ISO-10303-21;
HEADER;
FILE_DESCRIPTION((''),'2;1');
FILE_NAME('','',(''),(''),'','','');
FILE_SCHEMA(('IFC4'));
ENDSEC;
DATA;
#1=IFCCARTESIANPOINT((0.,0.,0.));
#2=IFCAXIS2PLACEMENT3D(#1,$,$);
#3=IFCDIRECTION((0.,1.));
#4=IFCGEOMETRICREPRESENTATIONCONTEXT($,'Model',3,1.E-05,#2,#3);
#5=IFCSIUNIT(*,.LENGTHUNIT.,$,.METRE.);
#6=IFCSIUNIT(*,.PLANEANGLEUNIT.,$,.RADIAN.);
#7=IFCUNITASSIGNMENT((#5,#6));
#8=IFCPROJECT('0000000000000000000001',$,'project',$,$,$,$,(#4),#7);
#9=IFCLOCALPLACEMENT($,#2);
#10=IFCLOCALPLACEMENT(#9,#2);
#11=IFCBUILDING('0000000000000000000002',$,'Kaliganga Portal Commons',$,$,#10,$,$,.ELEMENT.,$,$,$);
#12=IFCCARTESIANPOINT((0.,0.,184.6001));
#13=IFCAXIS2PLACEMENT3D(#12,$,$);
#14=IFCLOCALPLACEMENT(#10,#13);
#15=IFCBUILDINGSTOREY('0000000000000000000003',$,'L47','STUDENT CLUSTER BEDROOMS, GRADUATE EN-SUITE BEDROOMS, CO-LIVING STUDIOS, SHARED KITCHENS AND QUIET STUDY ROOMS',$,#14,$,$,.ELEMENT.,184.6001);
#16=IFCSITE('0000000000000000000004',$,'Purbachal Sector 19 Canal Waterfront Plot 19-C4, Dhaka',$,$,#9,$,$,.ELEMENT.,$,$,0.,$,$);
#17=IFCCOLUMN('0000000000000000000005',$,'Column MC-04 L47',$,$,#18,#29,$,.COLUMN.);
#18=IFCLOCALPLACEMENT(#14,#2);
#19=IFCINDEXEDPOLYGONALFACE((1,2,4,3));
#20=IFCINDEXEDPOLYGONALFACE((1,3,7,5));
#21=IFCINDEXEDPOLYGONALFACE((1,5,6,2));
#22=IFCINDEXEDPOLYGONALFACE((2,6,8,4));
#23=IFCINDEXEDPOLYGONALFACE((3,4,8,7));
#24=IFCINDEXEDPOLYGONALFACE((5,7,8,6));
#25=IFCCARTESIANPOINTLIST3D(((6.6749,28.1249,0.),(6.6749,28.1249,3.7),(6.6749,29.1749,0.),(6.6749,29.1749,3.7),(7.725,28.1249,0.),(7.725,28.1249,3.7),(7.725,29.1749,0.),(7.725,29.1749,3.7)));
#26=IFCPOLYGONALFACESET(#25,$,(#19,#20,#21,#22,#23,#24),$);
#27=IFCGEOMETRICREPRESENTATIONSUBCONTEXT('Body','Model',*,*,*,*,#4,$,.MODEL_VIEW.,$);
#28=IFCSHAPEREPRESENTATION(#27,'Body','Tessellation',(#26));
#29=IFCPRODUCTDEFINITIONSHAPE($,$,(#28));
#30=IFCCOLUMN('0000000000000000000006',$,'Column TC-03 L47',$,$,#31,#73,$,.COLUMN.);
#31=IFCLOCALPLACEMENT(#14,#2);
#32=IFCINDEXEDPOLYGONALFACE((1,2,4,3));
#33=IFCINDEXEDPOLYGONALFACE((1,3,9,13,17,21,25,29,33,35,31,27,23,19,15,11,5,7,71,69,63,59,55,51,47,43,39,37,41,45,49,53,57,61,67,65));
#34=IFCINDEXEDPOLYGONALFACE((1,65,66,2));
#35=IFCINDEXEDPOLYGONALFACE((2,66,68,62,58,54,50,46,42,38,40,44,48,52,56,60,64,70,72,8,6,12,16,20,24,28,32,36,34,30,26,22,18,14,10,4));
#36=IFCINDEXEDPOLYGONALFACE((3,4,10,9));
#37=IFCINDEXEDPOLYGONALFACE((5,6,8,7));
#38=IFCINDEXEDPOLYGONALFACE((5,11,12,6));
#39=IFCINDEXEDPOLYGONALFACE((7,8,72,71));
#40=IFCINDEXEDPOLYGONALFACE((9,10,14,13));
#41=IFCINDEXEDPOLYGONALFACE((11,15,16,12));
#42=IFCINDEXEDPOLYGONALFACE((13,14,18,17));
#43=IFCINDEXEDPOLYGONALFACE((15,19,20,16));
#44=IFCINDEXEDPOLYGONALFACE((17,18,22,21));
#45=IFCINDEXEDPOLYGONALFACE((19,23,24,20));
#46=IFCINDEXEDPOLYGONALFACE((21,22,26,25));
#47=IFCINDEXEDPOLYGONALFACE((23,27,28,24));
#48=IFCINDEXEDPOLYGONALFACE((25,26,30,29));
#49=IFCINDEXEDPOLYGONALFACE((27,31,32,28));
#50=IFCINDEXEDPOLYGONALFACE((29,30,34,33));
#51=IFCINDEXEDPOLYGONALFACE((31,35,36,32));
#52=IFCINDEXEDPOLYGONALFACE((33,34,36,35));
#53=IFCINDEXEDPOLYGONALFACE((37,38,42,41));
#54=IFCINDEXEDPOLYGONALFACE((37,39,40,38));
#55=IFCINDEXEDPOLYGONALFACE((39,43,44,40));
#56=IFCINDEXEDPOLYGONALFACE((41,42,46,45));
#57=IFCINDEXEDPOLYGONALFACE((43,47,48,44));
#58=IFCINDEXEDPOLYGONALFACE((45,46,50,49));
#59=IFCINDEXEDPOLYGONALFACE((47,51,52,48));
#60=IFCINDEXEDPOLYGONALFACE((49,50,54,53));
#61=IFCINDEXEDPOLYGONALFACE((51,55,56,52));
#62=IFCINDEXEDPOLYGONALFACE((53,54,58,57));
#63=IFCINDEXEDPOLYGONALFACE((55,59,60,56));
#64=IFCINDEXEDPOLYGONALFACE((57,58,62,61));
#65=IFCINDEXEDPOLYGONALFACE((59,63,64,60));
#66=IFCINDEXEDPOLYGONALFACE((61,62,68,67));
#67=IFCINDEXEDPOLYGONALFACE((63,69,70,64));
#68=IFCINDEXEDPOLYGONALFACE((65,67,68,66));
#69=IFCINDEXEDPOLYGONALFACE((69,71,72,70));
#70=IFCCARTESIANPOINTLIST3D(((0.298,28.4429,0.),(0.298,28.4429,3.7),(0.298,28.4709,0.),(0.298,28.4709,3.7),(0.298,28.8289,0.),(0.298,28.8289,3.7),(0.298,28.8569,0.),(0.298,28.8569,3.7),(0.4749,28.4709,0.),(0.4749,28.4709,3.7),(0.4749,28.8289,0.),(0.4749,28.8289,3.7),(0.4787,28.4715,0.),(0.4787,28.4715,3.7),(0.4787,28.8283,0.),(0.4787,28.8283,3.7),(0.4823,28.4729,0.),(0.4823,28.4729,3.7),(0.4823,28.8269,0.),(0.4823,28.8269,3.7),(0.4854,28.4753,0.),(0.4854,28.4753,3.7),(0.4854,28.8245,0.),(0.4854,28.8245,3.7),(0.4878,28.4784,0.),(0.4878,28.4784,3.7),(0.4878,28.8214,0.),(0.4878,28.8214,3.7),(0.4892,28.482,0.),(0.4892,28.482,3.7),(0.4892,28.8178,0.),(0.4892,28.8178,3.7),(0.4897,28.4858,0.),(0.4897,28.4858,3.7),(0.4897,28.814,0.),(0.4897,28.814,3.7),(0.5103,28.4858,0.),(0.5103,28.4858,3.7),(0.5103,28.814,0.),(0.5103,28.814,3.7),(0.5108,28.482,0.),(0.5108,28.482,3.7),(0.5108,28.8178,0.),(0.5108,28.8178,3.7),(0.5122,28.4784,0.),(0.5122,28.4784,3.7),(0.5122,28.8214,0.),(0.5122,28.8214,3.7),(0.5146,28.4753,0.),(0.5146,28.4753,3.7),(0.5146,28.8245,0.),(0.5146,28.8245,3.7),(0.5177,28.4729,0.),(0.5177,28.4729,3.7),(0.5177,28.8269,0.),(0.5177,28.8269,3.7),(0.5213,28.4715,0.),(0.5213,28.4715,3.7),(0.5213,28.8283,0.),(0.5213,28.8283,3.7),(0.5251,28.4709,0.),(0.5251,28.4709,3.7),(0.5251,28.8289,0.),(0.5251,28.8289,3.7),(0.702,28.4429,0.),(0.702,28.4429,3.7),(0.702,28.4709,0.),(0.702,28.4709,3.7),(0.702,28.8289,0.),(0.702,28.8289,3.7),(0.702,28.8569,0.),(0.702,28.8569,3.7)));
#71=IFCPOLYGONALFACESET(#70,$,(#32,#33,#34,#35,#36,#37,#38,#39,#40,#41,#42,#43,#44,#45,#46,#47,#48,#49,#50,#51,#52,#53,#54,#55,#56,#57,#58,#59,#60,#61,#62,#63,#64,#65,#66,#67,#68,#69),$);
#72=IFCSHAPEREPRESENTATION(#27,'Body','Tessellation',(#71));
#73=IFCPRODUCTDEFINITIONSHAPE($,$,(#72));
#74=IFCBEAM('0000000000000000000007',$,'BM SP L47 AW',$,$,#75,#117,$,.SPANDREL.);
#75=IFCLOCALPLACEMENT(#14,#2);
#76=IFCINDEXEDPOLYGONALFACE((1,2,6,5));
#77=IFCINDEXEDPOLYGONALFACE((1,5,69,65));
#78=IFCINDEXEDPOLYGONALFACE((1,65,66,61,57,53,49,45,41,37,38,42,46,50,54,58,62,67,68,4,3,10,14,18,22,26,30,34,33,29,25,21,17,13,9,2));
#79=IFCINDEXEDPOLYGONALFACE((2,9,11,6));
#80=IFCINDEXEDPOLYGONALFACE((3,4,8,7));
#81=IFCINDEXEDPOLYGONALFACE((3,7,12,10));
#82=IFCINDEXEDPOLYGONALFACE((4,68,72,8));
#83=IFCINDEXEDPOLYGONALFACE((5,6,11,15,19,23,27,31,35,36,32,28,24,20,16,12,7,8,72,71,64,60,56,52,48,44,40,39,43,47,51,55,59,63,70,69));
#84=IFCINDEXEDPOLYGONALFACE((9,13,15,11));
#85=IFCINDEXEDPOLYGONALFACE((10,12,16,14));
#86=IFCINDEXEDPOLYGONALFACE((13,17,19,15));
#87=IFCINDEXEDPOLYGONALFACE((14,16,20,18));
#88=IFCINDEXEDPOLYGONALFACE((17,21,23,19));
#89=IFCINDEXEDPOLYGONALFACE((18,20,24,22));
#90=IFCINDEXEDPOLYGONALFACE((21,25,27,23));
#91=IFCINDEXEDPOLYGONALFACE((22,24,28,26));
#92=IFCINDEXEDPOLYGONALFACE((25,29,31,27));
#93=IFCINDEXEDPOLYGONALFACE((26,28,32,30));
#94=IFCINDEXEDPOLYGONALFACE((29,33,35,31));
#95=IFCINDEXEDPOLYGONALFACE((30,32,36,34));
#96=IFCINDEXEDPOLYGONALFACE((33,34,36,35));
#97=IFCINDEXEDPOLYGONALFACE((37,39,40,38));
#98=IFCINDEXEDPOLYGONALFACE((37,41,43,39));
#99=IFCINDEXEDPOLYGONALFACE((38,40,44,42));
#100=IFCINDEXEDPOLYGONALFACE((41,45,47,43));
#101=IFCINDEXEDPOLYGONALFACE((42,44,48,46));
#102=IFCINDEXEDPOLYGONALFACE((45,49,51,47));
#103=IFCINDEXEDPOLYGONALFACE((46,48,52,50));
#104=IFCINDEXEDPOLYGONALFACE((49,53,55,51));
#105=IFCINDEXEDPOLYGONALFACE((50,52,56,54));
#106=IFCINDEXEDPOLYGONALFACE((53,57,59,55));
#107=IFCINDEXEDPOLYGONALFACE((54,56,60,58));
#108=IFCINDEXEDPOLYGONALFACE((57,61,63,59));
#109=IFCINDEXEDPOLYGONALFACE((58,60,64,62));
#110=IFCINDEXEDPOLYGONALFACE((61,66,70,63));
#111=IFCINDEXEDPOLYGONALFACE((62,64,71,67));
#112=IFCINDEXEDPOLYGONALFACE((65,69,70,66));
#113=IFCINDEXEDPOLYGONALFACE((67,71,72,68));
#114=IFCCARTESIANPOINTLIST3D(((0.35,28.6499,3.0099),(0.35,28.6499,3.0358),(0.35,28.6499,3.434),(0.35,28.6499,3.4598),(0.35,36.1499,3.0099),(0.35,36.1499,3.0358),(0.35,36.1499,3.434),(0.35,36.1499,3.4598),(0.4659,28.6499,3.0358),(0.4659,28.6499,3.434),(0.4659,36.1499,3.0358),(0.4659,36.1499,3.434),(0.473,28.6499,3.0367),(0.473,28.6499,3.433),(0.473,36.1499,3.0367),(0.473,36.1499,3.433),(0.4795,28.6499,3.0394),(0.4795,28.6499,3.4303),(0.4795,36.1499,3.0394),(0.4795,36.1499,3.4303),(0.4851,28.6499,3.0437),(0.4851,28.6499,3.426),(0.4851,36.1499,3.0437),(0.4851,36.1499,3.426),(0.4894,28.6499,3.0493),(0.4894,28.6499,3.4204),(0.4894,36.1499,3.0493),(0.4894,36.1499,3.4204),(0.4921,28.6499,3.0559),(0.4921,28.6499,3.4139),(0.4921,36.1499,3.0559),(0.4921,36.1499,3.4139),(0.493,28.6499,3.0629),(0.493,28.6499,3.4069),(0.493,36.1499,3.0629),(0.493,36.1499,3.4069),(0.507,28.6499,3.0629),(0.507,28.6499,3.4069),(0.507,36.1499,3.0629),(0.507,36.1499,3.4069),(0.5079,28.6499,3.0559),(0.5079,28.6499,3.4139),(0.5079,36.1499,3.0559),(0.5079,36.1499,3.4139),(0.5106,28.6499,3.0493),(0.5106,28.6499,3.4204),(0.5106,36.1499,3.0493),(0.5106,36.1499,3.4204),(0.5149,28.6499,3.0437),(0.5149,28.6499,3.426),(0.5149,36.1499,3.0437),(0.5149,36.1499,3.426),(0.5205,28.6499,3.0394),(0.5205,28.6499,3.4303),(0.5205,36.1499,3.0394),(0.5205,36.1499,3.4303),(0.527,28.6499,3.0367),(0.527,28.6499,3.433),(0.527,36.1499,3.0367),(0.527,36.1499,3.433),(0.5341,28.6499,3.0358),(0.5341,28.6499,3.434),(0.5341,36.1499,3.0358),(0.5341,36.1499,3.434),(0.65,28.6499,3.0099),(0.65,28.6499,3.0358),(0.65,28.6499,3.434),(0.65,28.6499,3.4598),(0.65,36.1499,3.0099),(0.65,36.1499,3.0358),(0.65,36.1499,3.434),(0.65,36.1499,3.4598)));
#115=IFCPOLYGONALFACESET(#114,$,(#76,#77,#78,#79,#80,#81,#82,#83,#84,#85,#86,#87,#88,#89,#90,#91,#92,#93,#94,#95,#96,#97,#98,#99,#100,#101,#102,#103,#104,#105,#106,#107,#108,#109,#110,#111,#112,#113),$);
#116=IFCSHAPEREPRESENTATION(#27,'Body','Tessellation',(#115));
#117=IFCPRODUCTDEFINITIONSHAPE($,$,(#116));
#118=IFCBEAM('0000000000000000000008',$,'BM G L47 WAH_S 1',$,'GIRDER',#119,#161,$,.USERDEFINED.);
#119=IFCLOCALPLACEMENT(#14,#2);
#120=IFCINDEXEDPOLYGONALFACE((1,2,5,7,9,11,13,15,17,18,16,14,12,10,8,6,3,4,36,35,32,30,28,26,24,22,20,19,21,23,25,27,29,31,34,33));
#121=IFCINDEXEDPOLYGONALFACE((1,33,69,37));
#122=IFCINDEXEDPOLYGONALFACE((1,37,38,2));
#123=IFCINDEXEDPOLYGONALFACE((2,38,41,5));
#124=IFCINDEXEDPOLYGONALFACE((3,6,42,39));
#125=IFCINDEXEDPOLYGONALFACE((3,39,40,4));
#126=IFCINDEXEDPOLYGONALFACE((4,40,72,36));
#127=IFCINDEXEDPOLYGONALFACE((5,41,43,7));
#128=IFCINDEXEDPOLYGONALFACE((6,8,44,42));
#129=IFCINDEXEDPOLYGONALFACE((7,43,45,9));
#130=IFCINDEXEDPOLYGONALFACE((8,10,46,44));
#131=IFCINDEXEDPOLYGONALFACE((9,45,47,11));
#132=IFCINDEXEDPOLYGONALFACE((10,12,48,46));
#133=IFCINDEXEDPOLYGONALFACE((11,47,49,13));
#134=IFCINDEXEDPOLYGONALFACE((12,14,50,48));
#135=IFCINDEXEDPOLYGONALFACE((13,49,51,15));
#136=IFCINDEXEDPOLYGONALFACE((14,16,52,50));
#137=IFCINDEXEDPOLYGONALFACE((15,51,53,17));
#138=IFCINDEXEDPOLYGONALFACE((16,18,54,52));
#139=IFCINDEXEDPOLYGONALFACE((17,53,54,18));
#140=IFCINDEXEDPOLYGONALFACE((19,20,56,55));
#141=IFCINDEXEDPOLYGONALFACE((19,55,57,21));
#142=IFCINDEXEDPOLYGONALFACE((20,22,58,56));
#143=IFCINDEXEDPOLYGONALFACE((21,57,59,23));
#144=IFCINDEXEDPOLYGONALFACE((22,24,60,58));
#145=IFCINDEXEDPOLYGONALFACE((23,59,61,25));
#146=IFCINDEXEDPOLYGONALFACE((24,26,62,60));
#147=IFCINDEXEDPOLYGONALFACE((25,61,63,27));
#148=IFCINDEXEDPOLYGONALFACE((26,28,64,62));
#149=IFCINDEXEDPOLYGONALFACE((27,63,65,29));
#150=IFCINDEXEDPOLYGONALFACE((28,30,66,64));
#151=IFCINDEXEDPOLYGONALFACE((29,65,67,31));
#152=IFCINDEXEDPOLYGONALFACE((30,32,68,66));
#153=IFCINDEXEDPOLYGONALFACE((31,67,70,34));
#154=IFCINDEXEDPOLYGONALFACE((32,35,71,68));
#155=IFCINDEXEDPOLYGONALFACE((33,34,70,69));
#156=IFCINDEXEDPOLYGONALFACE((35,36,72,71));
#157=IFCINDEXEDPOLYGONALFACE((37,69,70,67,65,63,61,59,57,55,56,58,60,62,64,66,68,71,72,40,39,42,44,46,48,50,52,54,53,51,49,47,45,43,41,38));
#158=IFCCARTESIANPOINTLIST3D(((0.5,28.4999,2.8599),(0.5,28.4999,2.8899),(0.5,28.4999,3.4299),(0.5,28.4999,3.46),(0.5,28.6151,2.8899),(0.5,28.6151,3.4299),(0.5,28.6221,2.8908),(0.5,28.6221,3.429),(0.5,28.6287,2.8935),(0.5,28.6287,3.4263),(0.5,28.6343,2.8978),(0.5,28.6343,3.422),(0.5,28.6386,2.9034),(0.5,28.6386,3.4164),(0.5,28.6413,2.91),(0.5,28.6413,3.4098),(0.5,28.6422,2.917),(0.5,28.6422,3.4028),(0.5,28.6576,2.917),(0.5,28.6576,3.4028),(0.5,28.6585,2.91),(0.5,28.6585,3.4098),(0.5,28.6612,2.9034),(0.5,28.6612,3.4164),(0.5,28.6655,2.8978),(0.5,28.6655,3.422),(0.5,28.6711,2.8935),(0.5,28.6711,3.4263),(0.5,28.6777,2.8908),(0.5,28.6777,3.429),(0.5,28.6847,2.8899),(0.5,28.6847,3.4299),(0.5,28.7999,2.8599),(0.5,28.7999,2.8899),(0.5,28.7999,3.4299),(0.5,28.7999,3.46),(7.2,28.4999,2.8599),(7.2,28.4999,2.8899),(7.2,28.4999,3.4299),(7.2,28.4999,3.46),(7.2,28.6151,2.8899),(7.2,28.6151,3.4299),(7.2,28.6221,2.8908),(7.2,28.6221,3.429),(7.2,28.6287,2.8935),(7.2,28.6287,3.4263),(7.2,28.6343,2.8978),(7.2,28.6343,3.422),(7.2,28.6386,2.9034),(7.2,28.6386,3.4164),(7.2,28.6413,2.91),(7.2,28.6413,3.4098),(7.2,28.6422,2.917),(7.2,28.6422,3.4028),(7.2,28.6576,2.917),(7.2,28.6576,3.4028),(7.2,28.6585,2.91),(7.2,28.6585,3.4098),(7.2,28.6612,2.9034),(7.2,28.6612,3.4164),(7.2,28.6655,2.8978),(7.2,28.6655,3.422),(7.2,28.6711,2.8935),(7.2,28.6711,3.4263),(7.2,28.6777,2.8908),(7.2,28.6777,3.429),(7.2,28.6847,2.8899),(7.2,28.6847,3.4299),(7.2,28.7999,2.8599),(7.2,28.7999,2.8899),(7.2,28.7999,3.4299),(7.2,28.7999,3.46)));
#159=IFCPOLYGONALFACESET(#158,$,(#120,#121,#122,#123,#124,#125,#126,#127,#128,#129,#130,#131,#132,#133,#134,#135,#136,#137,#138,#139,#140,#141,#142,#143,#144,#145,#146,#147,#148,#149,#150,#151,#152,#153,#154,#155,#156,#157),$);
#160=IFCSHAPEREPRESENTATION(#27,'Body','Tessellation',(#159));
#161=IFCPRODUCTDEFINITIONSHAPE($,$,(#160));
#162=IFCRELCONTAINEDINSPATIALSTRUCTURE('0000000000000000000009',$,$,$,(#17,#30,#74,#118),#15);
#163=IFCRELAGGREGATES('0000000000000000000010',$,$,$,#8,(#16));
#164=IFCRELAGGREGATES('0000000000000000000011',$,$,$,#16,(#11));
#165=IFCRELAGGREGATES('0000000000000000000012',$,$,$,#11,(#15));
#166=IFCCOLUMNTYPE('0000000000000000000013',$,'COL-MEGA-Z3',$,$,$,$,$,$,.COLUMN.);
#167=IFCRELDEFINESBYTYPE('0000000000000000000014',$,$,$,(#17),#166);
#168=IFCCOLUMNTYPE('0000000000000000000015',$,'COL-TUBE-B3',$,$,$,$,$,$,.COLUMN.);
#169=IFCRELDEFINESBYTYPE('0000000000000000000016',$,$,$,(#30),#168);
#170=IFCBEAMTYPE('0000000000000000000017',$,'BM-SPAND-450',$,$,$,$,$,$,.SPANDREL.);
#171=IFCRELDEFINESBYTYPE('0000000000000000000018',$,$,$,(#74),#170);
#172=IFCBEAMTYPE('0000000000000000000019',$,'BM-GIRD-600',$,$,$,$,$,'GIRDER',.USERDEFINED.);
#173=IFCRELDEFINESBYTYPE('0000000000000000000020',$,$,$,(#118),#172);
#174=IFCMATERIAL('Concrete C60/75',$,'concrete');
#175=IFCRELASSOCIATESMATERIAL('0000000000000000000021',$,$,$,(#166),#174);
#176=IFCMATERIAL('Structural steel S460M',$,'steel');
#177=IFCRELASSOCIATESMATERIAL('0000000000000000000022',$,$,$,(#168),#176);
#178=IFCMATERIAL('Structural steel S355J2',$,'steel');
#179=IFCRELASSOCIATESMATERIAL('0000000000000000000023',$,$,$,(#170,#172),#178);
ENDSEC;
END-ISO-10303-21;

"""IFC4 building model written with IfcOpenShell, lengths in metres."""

from ifc_helpers import new_model, si_unit, direction, frame, origin, origin_2d, place, context, subcontext, project, spatial, rectangle, i_section, extrude, source, transform, mapped, material, material_profile, profile_set, type_object, element, save


model = new_model("IFC4")

# Units and contexts
model_context = context("Model", 3, precision=1e-05, world=origin(), true_north=direction((0.0, 1.0)))
body_context = subcontext(model_context, "Body", "Model", "MODEL_VIEW")
ifc_project = project(units=[si_unit("LENGTHUNIT", "METRE"), si_unit("PLANEANGLEUNIT", "RADIAN")], contexts=[model_context])

# Site, building, storey
site_placement = place(None, origin())
site = spatial("IfcSite", under=ifc_project, at=site_placement, Name="Purbachal Sector 19 Canal Waterfront Plot 19-C4, Dhaka", CompositionType="ELEMENT", RefElevation=0.0)
building_placement = place(site_placement, origin())
building = spatial("IfcBuilding", under=site, at=building_placement, Name="Kaliganga Portal Commons", CompositionType="ELEMENT")
storey_placement = place(building_placement, frame((0.0, 0.0, 184.6001)))
storey = spatial("IfcBuildingStorey", under=building, at=storey_placement, Name="L47", Description="STUDENT CLUSTER BEDROOMS, GRADUATE EN-SUITE BEDROOMS, CO-LIVING STUDIOS, SHARED KITCHENS AND QUIET STUDY ROOMS", CompositionType="ELEMENT", Elevation=184.6001)

# Columns
ifc_material_1 = material(Name="Concrete C60/75", Category="concrete")
ifc_material_profile_1 = material_profile(ifc_material_1, rectangle(XDim=1.05, YDim=1.05, at=origin_2d()), Name="RC 1050x1050")
ifc_profile_set_1 = profile_set([ifc_material_profile_1], Name="Concrete C60/75")
column_type_1 = type_object("IfcColumnType", Name="COL-MEGA-Z3", PredefinedType="COLUMN", material=ifc_profile_set_1)
shared_shape_1 = source(origin(), body_context, "Body", "SweptSolid", [
    extrude(rectangle(XDim=1.05, YDim=1.05, at=origin_2d()), origin(), (0.0, 0.0, 1.0), 3.7),
])
column_1_placement = place(storey_placement, frame((7.2, 28.6499, 0.0), z_axis=(0.0, 0.0, 1.0), x_axis=(1.0, 0.0, 0.0)))
element("IfcColumn", 1, at=column_1_placement, inside=storey, type_object=column_type_1, Name="Column MC-04 L47", PredefinedType="COLUMN", context=body_context, shape_type="MappedRepresentation", body=[
    mapped(shared_shape_1, transform((0.0, 0.0, 0.0), x_axis=(1.0, 0.0, 0.0), y_axis=(0.0, 1.0, 0.0), z_axis=(0.0, 0.0, 1.0), scale=1.0)),
])
ifc_material_2 = material(Name="Structural steel S460M", Category="steel")
ifc_material_profile_2 = material_profile(ifc_material_2, i_section(OverallWidth=0.4041, OverallDepth=0.4141, WebThickness=0.0205, FlangeThickness=0.0281, FilletRadius=0.0149, at=origin_2d()), Name="HD 400x347")
ifc_profile_set_2 = profile_set([ifc_material_profile_2], Name="Structural steel S460M wide-flange")
column_type_2 = type_object("IfcColumnType", Name="COL-TUBE-B3", PredefinedType="COLUMN", material=ifc_profile_set_2)
shared_shape_2 = source(origin(), body_context, "Body", "SweptSolid", [
    extrude(i_section(OverallWidth=0.4041, OverallDepth=0.4141, WebThickness=0.0205, FlangeThickness=0.0281, FilletRadius=0.0149, at=origin_2d()), origin(), (0.0, 0.0, 1.0), 3.7),
])
column_2_placement = place(storey_placement, frame((0.5, 28.6499, 0.0), z_axis=(0.0, 0.0, 1.0), x_axis=(1.0, 0.0, 0.0)))
element("IfcColumn", 2, at=column_2_placement, inside=storey, type_object=column_type_2, Name="Column TC-03 L47", PredefinedType="COLUMN", context=body_context, shape_type="MappedRepresentation", body=[
    mapped(shared_shape_2, transform((0.0, 0.0, 0.0), x_axis=(1.0, 0.0, 0.0), y_axis=(0.0, 1.0, 0.0), z_axis=(0.0, 0.0, 1.0), scale=1.0)),
])

# Beams
ifc_material_3 = material(Name="Structural steel S355J2", Category="steel")
ifc_material_profile_3 = material_profile(ifc_material_3, i_section(OverallWidth=0.3, OverallDepth=0.45, WebThickness=0.0139, FlangeThickness=0.0259, FilletRadius=0.0271, at=origin_2d()), Name="HE 450 B")
ifc_profile_set_3 = profile_set([ifc_material_profile_3], Name="Structural steel S355J2 wide-flange")
beam_type_1 = type_object("IfcBeamType", Name="BM-SPAND-450", PredefinedType="SPANDREL", material=ifc_profile_set_3)
shared_shape_3 = source(origin(), body_context, "Body", "SweptSolid", [
    extrude(i_section(OverallWidth=0.3, OverallDepth=0.45, WebThickness=0.0139, FlangeThickness=0.0259, FilletRadius=0.0271, at=origin_2d()), origin(), (0.0, 0.0, 1.0), 7.5),
])
beam_1_placement = place(storey_placement, frame((0.5, 28.6499, 3.2349), z_axis=(0.0, 1.0, 0.0), x_axis=(-1.0, 0.0, 0.0)))
element("IfcBeam", 3, at=beam_1_placement, inside=storey, type_object=beam_type_1, Name="BM SP L47 AW", PredefinedType="SPANDREL", context=body_context, shape_type="MappedRepresentation", body=[
    mapped(shared_shape_3, transform((0.0, 0.0, 0.0), x_axis=(1.0, 0.0, 0.0), y_axis=(0.0, 1.0, 0.0), z_axis=(0.0, 0.0, 1.0), scale=1.0)),
])
ifc_material_profile_4 = material_profile(ifc_material_3, i_section(OverallWidth=0.3, OverallDepth=0.6001, WebThickness=0.0154, FlangeThickness=0.03, FilletRadius=0.0271, at=origin_2d()), Name="HE 600 B")
ifc_profile_set_4 = profile_set([ifc_material_profile_4], Name="Structural steel S355J2 wide-flange")
beam_type_2 = type_object("IfcBeamType", Name="BM-GIRD-600", ElementType="GIRDER", PredefinedType="USERDEFINED", material=ifc_profile_set_4)
shared_shape_4 = source(origin(), body_context, "Body", "SweptSolid", [
    extrude(i_section(OverallWidth=0.3, OverallDepth=0.6001, WebThickness=0.0154, FlangeThickness=0.03, FilletRadius=0.0271, at=origin_2d()), origin(), (0.0, 0.0, 1.0), 6.7),
])
beam_2_placement = place(storey_placement, frame((0.5, 28.6499, 3.1599), z_axis=(1.0, 0.0, 0.0), x_axis=(0.0, 1.0, 0.0)))
element("IfcBeam", 4, at=beam_2_placement, inside=storey, type_object=beam_type_2, Name="BM G L47 WAH_S 1", ObjectType="GIRDER", PredefinedType="USERDEFINED", context=body_context, shape_type="MappedRepresentation", body=[
    mapped(shared_shape_4, transform((0.0, 0.0, 0.0), x_axis=(1.0, 0.0, 0.0), y_axis=(0.0, 1.0, 0.0), z_axis=(0.0, 0.0, 1.0), scale=1.0)),
])

save(model, "model.ifc")
